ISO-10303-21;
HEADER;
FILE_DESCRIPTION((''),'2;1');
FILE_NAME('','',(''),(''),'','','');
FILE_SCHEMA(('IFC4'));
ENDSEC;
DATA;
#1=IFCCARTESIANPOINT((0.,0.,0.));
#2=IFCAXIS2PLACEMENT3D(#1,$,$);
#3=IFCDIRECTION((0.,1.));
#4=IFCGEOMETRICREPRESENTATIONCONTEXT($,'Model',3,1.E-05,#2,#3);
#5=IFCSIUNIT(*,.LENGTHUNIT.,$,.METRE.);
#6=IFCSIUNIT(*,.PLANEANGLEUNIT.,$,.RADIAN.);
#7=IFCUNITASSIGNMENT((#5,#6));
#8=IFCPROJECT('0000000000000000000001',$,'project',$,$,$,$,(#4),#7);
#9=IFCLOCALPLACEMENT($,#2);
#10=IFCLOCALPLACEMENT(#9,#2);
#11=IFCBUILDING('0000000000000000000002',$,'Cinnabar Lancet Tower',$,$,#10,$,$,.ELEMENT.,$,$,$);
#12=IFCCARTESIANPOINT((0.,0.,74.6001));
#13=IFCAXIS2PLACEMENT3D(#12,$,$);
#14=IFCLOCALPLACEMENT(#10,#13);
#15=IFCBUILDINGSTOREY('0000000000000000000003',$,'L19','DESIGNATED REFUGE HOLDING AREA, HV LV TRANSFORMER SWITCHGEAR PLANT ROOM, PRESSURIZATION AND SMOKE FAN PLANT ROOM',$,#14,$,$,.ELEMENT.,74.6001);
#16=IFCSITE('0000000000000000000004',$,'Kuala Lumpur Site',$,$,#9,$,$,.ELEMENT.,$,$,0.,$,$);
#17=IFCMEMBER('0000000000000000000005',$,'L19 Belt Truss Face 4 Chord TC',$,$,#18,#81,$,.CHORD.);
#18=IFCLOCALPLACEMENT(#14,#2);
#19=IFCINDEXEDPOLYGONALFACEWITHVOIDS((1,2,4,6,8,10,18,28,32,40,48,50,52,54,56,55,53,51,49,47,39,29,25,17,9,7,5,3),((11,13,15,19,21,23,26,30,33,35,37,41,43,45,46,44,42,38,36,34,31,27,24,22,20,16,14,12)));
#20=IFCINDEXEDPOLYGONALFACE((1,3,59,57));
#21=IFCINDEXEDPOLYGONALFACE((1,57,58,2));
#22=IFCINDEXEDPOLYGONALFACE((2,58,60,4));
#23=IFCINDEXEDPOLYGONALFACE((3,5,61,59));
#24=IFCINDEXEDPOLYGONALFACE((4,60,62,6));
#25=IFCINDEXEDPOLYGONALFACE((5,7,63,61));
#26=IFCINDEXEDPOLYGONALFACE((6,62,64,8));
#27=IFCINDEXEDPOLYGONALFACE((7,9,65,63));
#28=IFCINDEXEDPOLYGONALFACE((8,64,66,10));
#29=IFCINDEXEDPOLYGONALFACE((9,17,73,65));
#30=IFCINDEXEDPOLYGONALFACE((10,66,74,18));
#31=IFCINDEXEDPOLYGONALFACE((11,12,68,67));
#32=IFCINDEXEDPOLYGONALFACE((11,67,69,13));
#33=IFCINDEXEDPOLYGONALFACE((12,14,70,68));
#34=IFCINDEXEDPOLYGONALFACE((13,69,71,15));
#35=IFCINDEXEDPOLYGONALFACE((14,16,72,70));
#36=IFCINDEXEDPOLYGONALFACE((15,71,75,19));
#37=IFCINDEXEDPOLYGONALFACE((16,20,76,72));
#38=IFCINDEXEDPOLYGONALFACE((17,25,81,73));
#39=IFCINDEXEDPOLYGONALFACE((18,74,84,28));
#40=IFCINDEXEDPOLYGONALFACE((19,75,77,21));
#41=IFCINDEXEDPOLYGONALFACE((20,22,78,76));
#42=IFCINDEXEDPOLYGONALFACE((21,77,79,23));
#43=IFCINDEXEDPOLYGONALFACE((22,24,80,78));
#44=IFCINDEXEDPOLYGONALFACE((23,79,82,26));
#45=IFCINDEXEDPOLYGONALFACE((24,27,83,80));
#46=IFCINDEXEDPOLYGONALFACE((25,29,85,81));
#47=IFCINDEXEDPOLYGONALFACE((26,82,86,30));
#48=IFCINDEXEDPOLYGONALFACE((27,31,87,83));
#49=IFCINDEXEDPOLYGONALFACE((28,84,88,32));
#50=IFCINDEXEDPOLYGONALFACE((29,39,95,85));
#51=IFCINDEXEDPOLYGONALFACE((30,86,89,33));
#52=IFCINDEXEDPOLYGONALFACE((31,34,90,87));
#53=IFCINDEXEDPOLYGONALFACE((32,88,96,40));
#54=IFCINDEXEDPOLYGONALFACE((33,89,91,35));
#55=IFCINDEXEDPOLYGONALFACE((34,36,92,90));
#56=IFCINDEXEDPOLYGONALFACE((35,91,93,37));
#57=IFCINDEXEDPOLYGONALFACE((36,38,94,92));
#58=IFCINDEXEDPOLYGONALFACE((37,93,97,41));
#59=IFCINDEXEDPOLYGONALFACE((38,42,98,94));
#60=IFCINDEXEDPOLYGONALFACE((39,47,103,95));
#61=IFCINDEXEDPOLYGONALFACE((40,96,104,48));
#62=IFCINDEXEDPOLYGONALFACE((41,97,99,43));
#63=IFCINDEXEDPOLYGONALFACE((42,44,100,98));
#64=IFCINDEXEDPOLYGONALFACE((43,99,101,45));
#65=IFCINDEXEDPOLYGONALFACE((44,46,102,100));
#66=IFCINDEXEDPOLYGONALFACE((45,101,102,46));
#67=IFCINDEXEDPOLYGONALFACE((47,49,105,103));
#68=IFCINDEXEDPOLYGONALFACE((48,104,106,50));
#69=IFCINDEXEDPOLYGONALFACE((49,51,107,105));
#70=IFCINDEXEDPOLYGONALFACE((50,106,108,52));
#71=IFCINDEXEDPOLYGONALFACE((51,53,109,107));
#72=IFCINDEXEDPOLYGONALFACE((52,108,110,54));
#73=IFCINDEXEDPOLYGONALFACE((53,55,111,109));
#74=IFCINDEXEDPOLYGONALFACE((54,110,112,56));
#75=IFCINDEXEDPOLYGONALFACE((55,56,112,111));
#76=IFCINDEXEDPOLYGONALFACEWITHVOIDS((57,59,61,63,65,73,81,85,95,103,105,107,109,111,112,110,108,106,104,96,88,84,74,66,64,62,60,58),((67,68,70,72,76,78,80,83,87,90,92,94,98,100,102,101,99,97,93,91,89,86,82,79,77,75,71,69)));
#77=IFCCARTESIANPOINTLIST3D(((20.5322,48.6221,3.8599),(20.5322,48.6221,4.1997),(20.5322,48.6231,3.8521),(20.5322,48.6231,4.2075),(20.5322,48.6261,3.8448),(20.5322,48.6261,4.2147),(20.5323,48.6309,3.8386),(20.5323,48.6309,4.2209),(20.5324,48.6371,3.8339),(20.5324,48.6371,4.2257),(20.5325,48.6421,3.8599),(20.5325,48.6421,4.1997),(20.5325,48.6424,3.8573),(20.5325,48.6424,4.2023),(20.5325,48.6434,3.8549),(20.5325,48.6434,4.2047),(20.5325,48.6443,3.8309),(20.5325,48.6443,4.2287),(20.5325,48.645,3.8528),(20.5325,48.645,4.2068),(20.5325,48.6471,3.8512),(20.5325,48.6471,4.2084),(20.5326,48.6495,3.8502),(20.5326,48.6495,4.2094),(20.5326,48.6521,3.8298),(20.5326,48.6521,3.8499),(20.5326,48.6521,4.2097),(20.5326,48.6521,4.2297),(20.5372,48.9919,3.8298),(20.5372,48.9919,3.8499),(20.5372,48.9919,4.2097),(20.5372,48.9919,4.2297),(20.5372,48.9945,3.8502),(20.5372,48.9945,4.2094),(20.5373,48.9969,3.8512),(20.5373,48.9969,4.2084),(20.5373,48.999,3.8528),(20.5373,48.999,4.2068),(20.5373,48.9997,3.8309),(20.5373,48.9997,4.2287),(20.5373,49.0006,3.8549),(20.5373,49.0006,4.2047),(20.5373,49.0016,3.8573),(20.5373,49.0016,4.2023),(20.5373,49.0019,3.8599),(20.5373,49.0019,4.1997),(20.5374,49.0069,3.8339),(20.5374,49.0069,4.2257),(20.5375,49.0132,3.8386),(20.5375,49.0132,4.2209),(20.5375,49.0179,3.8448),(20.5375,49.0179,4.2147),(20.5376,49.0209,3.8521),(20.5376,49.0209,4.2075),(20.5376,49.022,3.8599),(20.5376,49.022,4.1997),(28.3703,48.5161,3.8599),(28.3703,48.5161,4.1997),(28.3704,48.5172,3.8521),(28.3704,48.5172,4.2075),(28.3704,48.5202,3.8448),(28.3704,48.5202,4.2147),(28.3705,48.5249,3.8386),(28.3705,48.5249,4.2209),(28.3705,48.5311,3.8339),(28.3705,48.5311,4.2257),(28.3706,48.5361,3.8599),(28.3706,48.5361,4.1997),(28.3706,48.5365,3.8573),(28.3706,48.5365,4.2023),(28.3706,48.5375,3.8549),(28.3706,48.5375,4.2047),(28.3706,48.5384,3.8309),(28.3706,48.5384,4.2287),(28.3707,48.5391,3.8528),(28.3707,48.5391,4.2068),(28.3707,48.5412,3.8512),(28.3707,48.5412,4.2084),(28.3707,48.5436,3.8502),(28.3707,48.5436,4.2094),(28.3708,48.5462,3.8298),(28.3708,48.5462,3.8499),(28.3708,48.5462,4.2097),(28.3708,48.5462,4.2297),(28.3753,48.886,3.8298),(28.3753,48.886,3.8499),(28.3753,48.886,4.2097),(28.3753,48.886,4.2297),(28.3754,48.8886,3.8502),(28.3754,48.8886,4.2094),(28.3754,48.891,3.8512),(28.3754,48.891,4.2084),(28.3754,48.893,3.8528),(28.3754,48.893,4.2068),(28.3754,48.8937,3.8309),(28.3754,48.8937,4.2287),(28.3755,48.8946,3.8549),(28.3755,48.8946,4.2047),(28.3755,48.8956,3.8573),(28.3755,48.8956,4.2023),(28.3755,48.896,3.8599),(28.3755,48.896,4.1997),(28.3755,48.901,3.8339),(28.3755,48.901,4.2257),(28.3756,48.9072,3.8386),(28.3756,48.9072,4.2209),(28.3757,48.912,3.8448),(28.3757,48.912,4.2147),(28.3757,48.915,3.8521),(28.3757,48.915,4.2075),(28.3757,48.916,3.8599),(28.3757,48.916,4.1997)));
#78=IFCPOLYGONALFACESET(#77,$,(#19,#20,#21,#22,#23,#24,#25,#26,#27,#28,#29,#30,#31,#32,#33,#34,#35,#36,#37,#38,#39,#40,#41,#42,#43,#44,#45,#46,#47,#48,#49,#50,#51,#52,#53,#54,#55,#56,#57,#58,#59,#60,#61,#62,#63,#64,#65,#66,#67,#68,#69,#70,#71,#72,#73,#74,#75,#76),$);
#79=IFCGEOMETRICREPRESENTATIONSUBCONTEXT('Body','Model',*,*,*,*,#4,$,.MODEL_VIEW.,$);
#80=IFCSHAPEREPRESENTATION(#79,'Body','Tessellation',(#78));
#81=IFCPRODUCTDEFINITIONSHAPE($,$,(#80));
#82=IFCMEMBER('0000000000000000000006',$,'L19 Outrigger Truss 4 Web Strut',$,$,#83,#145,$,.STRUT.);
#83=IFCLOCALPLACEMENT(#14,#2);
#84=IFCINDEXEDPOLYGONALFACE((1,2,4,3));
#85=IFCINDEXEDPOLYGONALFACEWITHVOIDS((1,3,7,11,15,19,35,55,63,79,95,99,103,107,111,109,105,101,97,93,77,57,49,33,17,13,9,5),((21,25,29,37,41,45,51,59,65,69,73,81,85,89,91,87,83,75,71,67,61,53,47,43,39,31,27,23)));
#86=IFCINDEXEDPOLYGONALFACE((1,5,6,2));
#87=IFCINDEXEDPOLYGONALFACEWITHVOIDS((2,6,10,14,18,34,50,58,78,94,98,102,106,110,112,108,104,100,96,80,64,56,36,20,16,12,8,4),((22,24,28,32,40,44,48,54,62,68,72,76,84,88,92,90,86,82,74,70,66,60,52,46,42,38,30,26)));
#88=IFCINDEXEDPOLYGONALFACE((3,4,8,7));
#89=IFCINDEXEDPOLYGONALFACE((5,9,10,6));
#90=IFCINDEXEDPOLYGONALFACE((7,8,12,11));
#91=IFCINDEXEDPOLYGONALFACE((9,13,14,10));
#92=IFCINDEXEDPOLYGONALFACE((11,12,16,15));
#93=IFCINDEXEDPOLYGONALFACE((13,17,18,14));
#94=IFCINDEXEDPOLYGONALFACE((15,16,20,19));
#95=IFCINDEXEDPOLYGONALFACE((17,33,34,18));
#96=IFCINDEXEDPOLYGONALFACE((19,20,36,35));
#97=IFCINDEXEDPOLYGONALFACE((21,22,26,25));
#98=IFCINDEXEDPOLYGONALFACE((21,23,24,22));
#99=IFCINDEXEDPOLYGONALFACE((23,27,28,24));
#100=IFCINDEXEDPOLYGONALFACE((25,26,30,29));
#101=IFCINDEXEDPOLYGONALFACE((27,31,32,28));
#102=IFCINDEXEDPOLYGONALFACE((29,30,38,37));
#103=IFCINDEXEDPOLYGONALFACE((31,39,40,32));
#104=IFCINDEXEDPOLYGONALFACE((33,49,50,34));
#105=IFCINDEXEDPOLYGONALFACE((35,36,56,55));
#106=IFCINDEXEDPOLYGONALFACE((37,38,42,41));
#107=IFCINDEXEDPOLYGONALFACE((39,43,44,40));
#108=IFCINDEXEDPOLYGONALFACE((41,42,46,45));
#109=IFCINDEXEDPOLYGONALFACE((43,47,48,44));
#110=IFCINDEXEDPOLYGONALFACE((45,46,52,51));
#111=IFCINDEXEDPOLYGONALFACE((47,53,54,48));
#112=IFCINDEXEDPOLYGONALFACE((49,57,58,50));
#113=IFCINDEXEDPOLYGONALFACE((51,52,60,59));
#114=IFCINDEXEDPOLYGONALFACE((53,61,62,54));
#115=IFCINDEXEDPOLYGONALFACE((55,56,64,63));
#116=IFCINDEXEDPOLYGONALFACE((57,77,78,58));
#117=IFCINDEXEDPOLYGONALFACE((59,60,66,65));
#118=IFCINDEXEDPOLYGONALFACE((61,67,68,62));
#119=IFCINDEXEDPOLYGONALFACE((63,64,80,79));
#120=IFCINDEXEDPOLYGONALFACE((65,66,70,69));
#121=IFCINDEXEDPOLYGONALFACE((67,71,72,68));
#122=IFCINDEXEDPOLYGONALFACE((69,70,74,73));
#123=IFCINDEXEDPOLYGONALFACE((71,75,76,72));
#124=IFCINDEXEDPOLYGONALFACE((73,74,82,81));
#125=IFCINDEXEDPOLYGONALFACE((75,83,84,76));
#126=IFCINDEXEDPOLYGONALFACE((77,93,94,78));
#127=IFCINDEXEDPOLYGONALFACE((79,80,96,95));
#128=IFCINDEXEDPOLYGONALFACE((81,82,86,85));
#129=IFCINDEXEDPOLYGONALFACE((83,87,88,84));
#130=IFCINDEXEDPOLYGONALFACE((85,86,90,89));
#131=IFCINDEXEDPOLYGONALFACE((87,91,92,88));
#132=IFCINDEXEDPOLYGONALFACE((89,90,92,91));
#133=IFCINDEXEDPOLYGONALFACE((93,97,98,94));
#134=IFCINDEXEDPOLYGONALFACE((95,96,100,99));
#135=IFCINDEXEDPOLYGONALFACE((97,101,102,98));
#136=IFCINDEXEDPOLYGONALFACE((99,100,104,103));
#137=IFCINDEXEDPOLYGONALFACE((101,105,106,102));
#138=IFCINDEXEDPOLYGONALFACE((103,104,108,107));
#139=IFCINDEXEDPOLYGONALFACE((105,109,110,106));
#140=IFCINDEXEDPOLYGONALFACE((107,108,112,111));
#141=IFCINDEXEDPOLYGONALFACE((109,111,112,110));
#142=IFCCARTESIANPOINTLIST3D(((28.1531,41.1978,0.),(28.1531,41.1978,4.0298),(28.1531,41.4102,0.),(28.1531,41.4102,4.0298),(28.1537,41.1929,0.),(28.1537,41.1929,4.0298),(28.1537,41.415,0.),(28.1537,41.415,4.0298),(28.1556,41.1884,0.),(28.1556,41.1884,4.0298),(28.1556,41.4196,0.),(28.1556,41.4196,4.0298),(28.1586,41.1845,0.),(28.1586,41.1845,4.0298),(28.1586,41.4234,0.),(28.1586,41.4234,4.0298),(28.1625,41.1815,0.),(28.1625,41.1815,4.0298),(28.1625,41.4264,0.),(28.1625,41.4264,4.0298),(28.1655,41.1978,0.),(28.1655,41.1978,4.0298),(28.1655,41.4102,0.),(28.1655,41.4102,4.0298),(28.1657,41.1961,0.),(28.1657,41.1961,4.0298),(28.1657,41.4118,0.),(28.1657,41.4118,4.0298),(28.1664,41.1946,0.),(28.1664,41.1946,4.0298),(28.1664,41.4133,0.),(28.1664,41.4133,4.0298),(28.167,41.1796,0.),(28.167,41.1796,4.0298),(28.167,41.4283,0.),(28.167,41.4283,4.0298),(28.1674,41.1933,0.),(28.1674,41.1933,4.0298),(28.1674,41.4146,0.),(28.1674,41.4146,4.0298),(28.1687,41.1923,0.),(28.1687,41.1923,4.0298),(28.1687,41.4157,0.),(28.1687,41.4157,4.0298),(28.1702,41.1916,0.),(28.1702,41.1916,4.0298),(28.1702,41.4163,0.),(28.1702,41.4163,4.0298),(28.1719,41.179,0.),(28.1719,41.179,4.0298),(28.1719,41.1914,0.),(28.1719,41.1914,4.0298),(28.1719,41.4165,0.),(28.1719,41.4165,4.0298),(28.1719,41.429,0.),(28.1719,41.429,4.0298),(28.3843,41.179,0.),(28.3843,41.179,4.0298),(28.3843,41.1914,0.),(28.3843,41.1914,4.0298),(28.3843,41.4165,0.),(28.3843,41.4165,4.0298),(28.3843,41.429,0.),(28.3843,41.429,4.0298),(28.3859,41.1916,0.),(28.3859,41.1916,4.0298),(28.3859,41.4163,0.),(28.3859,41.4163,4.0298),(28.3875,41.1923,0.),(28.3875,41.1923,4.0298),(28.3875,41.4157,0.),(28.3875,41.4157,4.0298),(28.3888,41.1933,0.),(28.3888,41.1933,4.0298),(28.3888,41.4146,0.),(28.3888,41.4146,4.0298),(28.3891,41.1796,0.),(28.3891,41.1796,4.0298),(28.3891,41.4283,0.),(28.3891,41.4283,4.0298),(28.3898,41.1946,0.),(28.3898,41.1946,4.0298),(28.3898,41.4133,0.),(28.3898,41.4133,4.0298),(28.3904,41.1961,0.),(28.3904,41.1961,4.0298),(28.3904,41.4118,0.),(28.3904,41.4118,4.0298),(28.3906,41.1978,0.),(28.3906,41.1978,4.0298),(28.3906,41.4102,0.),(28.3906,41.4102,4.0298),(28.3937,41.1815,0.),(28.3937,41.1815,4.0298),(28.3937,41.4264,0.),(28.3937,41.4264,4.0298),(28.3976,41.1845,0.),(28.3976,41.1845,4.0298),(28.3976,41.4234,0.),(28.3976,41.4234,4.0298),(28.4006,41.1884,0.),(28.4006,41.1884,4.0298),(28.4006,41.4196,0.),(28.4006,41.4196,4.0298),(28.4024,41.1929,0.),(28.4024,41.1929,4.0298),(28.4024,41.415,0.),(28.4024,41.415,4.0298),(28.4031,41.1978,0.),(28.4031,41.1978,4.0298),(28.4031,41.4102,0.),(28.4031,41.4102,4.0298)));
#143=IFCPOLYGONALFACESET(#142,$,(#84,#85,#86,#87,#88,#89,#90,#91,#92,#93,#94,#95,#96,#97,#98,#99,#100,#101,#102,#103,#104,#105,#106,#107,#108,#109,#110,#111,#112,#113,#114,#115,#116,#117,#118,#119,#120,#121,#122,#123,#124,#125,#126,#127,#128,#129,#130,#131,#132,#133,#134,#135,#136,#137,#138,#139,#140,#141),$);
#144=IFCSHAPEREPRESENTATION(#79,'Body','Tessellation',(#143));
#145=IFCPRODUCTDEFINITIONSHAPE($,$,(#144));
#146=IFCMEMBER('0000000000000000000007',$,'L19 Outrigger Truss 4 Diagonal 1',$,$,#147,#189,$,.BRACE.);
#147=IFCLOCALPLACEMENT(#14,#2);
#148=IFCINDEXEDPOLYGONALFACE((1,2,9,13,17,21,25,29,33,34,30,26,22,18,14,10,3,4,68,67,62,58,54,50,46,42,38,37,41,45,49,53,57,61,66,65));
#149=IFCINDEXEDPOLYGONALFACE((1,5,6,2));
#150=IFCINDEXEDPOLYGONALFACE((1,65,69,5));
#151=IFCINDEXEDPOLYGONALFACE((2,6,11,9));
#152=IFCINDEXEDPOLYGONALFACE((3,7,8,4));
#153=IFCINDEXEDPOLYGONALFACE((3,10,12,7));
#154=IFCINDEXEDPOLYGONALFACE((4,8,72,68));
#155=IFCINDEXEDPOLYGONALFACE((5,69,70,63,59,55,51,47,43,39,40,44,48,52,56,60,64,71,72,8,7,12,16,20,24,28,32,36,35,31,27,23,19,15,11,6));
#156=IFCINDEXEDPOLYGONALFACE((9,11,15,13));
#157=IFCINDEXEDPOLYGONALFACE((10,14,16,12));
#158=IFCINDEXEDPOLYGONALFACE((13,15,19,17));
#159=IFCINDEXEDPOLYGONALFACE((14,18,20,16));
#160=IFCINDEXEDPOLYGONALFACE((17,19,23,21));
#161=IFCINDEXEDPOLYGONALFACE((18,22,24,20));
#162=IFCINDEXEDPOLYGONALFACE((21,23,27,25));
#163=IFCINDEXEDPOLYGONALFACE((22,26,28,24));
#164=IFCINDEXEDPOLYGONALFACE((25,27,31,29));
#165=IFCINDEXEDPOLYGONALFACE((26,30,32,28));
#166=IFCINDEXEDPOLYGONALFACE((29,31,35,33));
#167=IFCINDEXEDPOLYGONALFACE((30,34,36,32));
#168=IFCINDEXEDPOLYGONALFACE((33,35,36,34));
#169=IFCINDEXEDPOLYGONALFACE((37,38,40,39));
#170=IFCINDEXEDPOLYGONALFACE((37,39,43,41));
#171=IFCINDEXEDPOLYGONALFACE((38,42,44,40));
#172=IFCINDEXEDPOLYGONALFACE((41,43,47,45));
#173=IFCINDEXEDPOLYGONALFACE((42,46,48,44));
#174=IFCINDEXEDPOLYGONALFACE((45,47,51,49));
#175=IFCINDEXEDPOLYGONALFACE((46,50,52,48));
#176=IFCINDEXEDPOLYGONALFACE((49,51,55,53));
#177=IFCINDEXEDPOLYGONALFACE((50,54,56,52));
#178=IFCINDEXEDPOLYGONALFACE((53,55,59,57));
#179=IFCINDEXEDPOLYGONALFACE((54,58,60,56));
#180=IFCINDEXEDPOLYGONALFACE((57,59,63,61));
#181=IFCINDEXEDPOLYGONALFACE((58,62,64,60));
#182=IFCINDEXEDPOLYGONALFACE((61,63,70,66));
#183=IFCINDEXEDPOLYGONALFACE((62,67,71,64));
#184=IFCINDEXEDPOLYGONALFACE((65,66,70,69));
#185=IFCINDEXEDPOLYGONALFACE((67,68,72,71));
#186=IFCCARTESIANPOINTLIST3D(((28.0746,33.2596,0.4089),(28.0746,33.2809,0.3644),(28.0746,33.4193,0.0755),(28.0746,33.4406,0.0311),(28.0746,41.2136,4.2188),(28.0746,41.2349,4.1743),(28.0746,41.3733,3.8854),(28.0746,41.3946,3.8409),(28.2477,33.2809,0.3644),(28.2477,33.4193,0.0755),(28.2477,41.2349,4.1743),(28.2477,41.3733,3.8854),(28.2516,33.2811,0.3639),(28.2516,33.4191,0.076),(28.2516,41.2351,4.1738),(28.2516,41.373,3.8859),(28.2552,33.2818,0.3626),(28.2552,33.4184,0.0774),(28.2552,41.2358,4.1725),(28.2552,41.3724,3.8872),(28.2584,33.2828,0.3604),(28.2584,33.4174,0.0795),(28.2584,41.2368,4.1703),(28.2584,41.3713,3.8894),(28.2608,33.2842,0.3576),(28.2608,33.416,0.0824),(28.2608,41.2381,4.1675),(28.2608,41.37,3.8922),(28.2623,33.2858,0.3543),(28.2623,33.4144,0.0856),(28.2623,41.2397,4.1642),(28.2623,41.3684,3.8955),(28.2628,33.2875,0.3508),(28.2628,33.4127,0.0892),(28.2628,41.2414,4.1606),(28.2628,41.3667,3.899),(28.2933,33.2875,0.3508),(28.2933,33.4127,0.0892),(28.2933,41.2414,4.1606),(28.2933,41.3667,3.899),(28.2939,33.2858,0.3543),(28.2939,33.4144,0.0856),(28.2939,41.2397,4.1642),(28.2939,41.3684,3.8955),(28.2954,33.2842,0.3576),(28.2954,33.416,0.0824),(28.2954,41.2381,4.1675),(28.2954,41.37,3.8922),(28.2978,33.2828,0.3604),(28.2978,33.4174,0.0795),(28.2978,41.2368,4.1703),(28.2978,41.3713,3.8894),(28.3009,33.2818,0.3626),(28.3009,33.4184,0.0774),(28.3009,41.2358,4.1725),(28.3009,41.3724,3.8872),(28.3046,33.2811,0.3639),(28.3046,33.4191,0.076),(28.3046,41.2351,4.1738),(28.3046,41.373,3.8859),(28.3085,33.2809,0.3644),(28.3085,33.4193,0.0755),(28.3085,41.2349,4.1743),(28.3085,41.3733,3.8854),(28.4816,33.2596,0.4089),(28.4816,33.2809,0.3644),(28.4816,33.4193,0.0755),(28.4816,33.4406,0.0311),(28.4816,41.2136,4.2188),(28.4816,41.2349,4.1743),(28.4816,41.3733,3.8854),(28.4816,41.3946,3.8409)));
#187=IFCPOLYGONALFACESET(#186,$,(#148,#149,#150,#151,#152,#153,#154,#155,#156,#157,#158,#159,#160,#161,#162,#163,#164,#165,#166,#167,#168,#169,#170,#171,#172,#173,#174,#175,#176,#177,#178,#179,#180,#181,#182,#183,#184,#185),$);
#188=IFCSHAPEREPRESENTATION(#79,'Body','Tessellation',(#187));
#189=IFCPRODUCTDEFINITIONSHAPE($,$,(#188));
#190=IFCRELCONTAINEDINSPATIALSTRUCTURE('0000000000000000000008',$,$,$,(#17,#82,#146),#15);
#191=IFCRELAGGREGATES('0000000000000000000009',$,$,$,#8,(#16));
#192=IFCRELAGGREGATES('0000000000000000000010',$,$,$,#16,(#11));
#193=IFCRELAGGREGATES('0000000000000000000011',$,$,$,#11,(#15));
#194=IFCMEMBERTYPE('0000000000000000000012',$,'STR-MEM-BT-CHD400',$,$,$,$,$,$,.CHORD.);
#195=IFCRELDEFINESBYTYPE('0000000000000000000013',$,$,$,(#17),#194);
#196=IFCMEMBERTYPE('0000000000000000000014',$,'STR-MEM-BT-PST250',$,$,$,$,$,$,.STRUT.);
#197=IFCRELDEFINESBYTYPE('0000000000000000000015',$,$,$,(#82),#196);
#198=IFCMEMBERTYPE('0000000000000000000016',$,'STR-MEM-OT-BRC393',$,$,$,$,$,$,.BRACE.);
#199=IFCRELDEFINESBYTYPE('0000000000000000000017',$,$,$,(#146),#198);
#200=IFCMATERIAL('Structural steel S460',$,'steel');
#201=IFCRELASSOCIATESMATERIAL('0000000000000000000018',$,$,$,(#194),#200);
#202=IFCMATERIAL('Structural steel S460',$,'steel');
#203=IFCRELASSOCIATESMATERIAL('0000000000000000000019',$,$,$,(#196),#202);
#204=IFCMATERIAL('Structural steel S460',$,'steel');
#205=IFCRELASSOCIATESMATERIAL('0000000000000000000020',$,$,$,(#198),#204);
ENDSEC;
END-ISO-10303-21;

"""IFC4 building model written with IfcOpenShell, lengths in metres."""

from ifc_helpers import new_model, si_unit, direction, frame, origin, origin_2d, place, context, subcontext, project, spatial, hollow_rectangle, i_section, extrude, material, material_profile, profile_set, type_object, element, save


model = new_model("IFC4")

# Units and contexts
model_context = context("Model", 3, precision=1e-05, world=origin(), true_north=direction((0.0, 1.0)))
body_context = subcontext(model_context, "Body", "Model", "MODEL_VIEW")
ifc_project = project(units=[si_unit("LENGTHUNIT", "METRE"), si_unit("PLANEANGLEUNIT", "RADIAN")], contexts=[model_context])

# Site, building, storey
site_placement = place(None, origin())
site = spatial("IfcSite", under=ifc_project, at=site_placement, Name="Kuala Lumpur Site", CompositionType="ELEMENT", RefElevation=0.0)
building_placement = place(site_placement, origin())
building = spatial("IfcBuilding", under=site, at=building_placement, Name="Cinnabar Lancet Tower", CompositionType="ELEMENT")
storey_placement = place(building_placement, frame((0.0, 0.0, 74.6001)))
storey = spatial("IfcBuildingStorey", under=building, at=storey_placement, Name="L19", Description="DESIGNATED REFUGE HOLDING AREA, HV LV TRANSFORMER SWITCHGEAR PLANT ROOM, PRESSURIZATION AND SMOKE FAN PLANT ROOM", CompositionType="ELEMENT", Elevation=74.6001)

# Members
ifc_material_1 = material(Name="Structural steel S460", Category="steel")
ifc_material_profile_1 = material_profile(ifc_material_1, hollow_rectangle(XDim=0.3999, YDim=0.3999, WallThickness=0.02, InnerFilletRadius=0.01, OuterFilletRadius=0.03, at=origin_2d()), Name="SHS 400x400x20")
ifc_profile_set_1 = profile_set([ifc_material_profile_1], Name="Structural steel S460")
member_type_1 = type_object("IfcMemberType", Name="STR-MEM-BT-CHD400", PredefinedType="CHORD", material=ifc_profile_set_1)
for number, where, z_axis, x_axis, name in (
    (1, (28.373, 48.7161, 4.0298), (-0.999909, 0.013517, 0.0), (-0.013517, -0.999909, 0.0), "L19 Belt Truss Face 4 Chord TC"),
):
    element("IfcMember", number, at=place(storey_placement, frame(where, z_axis=z_axis, x_axis=x_axis)), inside=storey, type_object=member_type_1, Name=name, PredefinedType="CHORD", context=body_context, shape_type="SweptSolid", body=[
        extrude(hollow_rectangle(XDim=0.3999, YDim=0.3999, WallThickness=0.02, InnerFilletRadius=0.01, OuterFilletRadius=0.03, at=origin_2d()), origin(), (0.0, 0.0, 1.0), 7.8389),
    ])
ifc_material_2 = material(Name="Structural steel S460", Category="steel")
ifc_material_profile_2 = material_profile(ifc_material_2, hollow_rectangle(XDim=0.25, YDim=0.25, WallThickness=0.0125, InnerFilletRadius=0.0063, OuterFilletRadius=0.0188, at=origin_2d()), Name="SHS 250x250x12.5")
ifc_profile_set_2 = profile_set([ifc_material_profile_2], Name="Structural steel S460")
member_type_2 = type_object("IfcMemberType", Name="STR-MEM-BT-PST250", PredefinedType="STRUT", material=ifc_profile_set_2)
member_1_placement = place(storey_placement, frame((28.2781, 41.304, 0.0), z_axis=(0.0, 0.0, 1.0), x_axis=(1.0, 0.0, 0.0)))
element("IfcMember", 2, at=member_1_placement, inside=storey, type_object=member_type_2, Name="L19 Outrigger Truss 4 Web Strut", PredefinedType="STRUT", context=body_context, shape_type="SweptSolid", body=[
    extrude(hollow_rectangle(XDim=0.25, YDim=0.25, WallThickness=0.0125, InnerFilletRadius=0.0063, OuterFilletRadius=0.0188, at=origin_2d()), origin(), (0.0, 0.0, 1.0), 4.0298),
])
ifc_material_3 = material(Name="Structural steel S460", Category="steel")
ifc_material_profile_3 = material_profile(ifc_material_3, i_section(OverallWidth=0.407, OverallDepth=0.4189, WebThickness=0.0305, FlangeThickness=0.0493, FilletRadius=0.0151, at=origin_2d()), Name="UKC 356x406x393")
ifc_profile_set_3 = profile_set([ifc_material_profile_3], Name="Structural steel S460")
member_type_3 = type_object("IfcMemberType", Name="STR-MEM-OT-BRC393", PredefinedType="BRACE", material=ifc_profile_set_3)
for number, where, z_axis, x_axis, name in (
    (3, (28.2781, 33.3501, 0.22), (0.0, 0.901878, 0.43199), (-1.0, 0.0, 0.0), "L19 Outrigger Truss 4 Diagonal 1"),
):
    element("IfcMember", number, at=place(storey_placement, frame(where, z_axis=z_axis, x_axis=x_axis)), inside=storey, type_object=member_type_3, Name=name, PredefinedType="BRACE", context=body_context, shape_type="SweptSolid", body=[
        extrude(i_section(OverallWidth=0.407, OverallDepth=0.4189, WebThickness=0.0305, FlangeThickness=0.0493, FilletRadius=0.0151, at=origin_2d()), origin(), (0.0, 0.0, 1.0), 8.8193),
    ])

save(model, "model.ifc")
